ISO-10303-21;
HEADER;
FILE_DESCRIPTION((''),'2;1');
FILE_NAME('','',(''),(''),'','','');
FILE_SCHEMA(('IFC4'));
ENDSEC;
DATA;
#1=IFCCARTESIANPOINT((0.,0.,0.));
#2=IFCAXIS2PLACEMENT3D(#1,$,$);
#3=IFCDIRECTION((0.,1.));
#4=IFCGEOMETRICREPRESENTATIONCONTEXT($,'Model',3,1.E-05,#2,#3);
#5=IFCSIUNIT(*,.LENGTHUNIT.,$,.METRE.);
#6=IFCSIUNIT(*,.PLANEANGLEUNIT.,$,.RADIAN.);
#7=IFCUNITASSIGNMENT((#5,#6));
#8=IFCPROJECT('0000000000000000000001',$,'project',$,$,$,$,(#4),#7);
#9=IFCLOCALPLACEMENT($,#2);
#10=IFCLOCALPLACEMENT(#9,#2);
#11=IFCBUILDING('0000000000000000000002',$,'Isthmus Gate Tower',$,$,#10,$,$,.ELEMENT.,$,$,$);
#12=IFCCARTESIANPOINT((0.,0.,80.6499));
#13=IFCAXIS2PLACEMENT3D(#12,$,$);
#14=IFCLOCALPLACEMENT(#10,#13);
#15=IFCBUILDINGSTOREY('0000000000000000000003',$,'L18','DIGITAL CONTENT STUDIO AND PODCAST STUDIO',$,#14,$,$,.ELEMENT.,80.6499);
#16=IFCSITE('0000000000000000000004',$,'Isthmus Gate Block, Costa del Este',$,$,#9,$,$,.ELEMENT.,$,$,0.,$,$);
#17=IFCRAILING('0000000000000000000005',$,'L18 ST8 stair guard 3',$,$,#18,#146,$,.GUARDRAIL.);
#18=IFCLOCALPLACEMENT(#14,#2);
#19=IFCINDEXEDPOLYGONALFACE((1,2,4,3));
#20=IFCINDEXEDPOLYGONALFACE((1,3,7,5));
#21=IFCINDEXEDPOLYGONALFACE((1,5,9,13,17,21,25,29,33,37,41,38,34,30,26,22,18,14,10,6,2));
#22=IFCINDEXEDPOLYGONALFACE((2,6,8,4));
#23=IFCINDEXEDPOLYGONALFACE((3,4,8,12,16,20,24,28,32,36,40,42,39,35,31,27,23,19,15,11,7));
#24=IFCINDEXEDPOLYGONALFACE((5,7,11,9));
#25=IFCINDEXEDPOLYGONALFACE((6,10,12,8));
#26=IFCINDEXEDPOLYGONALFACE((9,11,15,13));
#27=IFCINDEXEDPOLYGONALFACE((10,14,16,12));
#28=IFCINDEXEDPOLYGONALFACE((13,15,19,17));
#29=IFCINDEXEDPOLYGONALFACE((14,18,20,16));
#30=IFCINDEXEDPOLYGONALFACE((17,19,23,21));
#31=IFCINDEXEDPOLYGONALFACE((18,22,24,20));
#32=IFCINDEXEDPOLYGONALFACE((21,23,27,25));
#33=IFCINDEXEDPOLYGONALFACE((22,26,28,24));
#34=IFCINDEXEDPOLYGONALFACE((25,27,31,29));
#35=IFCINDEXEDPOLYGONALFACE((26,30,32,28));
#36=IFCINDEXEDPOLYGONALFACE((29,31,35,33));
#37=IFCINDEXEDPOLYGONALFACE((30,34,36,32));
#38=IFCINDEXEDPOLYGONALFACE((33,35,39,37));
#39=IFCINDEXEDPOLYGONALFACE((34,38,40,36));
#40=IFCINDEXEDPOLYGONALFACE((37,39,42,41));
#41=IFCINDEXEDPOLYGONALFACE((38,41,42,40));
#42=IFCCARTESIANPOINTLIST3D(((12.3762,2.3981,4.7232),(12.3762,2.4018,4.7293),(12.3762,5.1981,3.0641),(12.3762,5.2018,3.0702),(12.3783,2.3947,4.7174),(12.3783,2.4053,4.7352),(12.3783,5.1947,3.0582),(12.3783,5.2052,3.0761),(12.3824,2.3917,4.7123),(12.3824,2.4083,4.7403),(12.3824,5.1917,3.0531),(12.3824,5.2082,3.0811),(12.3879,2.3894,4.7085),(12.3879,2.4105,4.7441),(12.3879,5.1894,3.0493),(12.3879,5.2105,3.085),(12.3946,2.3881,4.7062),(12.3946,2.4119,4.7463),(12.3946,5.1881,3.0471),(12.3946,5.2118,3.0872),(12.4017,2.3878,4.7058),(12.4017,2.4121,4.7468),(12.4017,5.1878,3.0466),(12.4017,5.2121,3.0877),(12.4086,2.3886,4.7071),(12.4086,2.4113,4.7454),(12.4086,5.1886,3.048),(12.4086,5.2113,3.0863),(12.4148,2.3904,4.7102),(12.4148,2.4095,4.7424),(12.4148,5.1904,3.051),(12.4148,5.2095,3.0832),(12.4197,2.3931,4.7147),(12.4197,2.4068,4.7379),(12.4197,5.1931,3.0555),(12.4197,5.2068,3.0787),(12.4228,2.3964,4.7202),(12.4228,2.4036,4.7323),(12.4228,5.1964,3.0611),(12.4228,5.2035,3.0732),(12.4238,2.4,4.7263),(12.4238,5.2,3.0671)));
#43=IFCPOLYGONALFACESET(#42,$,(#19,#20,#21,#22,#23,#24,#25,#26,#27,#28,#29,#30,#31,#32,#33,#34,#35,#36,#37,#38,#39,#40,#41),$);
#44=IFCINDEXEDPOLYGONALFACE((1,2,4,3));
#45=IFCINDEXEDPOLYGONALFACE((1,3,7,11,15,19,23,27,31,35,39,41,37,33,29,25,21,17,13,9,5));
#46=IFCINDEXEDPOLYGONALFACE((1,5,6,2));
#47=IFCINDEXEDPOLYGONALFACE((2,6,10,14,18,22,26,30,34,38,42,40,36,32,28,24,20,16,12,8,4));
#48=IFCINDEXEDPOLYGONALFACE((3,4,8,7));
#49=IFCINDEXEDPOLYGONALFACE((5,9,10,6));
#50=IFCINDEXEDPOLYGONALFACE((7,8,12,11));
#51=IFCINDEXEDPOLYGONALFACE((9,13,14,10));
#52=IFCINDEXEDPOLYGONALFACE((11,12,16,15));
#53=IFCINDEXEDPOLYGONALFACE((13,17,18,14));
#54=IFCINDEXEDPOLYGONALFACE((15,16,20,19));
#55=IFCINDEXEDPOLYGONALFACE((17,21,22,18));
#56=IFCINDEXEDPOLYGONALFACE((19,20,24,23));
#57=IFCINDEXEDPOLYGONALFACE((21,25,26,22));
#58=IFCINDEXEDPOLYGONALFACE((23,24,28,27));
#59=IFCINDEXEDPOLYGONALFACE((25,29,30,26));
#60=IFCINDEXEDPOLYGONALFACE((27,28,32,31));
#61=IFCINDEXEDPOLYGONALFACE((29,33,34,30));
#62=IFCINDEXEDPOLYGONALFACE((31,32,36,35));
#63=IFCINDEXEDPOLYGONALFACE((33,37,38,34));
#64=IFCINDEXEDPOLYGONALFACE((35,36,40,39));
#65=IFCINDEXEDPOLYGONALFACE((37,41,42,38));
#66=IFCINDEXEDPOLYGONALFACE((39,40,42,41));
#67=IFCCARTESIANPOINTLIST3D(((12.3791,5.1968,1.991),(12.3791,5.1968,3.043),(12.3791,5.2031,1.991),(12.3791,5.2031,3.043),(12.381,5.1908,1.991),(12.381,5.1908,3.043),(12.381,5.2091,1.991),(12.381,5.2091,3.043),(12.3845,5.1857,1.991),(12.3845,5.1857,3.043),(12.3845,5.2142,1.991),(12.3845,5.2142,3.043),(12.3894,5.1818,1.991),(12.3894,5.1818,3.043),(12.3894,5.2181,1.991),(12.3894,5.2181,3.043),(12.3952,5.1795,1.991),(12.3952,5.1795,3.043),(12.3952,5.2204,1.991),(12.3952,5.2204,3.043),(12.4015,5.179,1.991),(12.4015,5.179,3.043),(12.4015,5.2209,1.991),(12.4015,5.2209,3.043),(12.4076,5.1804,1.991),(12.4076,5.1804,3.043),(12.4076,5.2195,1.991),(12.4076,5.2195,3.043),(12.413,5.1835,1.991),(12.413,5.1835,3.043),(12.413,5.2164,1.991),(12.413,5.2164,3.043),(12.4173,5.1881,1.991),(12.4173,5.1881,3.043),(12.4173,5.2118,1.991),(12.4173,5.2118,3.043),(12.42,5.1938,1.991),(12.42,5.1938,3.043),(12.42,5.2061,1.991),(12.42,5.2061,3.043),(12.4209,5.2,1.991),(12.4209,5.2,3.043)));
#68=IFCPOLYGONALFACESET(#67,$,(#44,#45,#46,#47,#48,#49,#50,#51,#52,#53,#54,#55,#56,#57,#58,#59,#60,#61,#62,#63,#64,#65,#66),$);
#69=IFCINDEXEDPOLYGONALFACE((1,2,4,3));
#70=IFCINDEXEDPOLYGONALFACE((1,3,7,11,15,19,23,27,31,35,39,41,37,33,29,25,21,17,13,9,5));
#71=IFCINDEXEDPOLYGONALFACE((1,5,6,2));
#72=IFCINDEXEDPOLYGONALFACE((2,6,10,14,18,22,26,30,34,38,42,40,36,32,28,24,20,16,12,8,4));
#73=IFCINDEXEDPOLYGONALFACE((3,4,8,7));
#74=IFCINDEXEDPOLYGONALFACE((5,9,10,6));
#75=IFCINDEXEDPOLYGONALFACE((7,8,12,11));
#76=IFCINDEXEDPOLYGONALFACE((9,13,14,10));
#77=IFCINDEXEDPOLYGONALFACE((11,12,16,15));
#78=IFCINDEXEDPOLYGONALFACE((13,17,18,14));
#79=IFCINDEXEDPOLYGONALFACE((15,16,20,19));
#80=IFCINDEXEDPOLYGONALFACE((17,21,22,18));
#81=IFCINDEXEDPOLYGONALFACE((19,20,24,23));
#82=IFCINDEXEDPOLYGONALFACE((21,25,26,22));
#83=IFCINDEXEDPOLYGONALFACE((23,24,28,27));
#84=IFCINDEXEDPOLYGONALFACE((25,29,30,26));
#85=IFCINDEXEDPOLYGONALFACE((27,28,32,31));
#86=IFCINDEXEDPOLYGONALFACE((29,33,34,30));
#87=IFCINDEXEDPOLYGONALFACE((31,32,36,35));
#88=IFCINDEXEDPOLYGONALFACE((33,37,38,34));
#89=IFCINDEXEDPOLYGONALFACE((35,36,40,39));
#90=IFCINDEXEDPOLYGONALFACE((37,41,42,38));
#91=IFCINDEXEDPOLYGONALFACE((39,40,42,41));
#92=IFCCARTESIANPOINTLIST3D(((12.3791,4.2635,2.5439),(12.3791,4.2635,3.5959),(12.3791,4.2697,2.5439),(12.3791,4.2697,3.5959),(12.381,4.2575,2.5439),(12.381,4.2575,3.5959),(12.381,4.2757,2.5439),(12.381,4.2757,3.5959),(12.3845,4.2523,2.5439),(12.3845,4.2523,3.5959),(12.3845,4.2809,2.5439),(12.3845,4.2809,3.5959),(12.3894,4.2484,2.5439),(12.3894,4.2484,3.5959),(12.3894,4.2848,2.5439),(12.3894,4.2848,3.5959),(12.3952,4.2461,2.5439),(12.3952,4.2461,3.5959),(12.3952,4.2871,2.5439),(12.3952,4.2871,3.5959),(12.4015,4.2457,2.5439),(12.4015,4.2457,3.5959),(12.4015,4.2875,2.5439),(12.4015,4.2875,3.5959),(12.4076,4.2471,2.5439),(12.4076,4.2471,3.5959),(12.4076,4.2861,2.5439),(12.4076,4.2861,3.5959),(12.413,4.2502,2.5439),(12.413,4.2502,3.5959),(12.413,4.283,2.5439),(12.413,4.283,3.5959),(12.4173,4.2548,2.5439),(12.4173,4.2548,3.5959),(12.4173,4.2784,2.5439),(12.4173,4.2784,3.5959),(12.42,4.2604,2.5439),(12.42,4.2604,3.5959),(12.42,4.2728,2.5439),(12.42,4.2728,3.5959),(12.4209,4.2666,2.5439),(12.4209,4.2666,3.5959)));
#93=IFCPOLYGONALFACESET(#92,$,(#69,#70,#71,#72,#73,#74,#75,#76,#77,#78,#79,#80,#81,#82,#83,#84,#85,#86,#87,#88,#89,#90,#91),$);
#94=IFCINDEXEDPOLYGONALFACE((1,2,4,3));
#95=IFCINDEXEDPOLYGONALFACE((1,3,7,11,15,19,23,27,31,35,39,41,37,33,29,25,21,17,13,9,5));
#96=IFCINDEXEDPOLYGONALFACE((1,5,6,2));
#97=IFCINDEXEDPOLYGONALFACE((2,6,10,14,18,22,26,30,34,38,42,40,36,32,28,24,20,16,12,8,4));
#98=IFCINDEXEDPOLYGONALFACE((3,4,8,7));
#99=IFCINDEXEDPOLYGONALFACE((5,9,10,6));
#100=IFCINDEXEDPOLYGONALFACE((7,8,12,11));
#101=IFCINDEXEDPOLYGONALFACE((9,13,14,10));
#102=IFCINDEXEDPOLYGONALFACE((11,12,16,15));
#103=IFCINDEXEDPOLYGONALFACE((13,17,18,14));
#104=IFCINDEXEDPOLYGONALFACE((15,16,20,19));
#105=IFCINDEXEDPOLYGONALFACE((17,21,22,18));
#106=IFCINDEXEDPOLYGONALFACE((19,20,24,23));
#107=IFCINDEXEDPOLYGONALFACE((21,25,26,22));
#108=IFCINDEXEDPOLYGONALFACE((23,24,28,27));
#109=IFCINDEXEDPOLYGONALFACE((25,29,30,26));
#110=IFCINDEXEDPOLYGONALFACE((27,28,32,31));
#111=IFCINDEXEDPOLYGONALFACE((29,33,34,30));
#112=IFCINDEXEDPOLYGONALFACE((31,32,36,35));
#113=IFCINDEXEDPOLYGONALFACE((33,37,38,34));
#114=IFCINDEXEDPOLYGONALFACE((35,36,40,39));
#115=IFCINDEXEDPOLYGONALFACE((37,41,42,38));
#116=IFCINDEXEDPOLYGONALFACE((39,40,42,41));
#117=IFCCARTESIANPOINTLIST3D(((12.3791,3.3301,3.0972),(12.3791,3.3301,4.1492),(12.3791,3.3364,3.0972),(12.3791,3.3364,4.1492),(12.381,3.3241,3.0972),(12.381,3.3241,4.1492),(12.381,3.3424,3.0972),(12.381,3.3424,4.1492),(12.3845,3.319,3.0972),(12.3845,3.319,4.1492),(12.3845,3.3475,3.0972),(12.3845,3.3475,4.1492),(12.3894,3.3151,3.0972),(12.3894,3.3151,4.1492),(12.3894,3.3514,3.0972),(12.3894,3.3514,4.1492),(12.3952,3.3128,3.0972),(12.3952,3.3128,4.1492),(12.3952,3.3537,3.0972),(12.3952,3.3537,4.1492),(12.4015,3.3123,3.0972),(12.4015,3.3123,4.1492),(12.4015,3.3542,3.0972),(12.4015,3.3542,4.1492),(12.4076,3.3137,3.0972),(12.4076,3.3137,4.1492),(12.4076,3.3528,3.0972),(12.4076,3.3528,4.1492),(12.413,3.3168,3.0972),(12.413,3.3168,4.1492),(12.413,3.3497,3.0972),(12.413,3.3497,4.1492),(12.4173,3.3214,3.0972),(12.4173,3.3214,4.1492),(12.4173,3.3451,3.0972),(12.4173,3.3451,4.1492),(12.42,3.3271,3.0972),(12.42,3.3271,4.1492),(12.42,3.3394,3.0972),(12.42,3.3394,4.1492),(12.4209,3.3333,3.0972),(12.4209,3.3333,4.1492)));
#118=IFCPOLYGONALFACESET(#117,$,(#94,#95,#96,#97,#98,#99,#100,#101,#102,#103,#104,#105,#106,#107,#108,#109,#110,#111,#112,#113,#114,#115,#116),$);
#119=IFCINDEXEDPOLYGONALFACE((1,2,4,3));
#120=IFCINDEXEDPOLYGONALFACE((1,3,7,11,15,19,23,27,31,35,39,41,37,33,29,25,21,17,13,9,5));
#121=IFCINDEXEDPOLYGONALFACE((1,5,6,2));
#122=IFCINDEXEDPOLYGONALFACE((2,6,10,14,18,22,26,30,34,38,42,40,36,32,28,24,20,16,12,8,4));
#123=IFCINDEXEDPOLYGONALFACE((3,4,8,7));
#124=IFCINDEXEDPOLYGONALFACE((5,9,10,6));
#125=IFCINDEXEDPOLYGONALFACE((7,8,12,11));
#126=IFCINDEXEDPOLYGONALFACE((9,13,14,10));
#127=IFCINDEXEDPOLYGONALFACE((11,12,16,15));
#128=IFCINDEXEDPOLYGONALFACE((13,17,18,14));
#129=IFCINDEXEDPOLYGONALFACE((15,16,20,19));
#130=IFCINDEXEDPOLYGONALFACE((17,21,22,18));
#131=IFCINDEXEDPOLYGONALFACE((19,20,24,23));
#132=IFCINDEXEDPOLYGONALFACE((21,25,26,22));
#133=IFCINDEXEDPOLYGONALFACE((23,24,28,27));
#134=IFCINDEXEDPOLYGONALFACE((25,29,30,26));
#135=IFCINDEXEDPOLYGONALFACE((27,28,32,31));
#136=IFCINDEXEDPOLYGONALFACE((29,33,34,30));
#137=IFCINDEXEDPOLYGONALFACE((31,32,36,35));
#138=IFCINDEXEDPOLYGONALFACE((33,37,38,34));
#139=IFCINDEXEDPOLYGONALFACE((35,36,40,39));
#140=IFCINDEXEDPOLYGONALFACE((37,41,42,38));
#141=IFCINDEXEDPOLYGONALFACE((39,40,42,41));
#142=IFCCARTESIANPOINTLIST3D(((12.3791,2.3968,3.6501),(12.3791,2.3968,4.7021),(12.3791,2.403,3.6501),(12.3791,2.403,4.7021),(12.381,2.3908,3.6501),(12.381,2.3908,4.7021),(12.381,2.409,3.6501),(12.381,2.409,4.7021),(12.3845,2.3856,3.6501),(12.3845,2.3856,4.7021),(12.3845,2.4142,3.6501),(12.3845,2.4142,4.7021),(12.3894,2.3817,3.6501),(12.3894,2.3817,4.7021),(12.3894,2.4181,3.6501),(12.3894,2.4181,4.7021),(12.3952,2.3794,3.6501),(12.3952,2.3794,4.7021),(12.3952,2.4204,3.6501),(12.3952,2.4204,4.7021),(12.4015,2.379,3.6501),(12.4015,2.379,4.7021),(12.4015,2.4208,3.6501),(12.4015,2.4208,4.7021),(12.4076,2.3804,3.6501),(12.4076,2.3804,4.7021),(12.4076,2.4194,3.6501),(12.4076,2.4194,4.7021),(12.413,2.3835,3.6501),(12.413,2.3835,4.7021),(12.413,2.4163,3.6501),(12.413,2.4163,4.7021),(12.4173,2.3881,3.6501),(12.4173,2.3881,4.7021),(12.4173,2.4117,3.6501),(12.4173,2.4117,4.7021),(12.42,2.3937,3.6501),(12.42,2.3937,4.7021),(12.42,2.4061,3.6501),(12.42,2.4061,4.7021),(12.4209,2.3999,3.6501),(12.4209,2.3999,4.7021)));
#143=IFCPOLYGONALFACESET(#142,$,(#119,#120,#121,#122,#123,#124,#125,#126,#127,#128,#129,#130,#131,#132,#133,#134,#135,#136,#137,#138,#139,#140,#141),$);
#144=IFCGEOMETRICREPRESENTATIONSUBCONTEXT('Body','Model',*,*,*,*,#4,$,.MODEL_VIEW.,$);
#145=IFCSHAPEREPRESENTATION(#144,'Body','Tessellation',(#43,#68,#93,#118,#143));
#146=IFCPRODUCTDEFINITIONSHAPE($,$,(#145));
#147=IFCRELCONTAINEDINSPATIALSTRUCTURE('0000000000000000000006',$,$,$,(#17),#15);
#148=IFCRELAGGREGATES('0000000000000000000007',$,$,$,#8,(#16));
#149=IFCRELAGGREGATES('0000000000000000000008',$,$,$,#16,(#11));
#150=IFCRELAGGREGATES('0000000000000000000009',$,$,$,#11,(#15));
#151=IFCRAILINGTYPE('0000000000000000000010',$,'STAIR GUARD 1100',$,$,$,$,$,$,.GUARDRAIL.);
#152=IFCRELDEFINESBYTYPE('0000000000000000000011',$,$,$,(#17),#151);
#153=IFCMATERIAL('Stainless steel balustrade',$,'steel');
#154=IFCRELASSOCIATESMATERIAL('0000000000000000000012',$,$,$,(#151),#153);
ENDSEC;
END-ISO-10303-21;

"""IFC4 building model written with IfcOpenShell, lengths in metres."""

from ifc_helpers import new_model, si_unit, direction, frame, origin, origin_2d, place, context, subcontext, project, spatial, circle, extrude, material, type_object, element, save


model = new_model("IFC4")

# Units and contexts
model_context = context("Model", 3, precision=1e-05, world=origin(), true_north=direction((0.0, 1.0)))
body_context = subcontext(model_context, "Body", "Model", "MODEL_VIEW")
ifc_project = project(units=[si_unit("LENGTHUNIT", "METRE"), si_unit("PLANEANGLEUNIT", "RADIAN")], contexts=[model_context])

# Site, building, storey
site_placement = place(None, origin())
site = spatial("IfcSite", under=ifc_project, at=site_placement, Name="Isthmus Gate Block, Costa del Este", CompositionType="ELEMENT", RefElevation=0.0)
building_placement = place(site_placement, origin())
building = spatial("IfcBuilding", under=site, at=building_placement, Name="Isthmus Gate Tower", CompositionType="ELEMENT")
storey_placement = place(building_placement, frame((0.0, 0.0, 80.6499)))
storey = spatial("IfcBuildingStorey", under=building, at=storey_placement, Name="L18", Description="DIGITAL CONTENT STUDIO AND PODCAST STUDIO", CompositionType="ELEMENT", Elevation=80.6499)

# Railing
ifc_material_1 = material(Name="Stainless steel balustrade", Category="steel")
railing_type_1 = type_object("IfcRailingType", Name="STAIR GUARD 1100", PredefinedType="GUARDRAIL", material=ifc_material_1)
railing_1_placement = place(storey_placement, frame((12.3999, 5.2, 1.991)))
element("IfcRailing", 1, at=railing_1_placement, inside=storey, type_object=railing_type_1, Name="L18 ST8 stair guard 3", PredefinedType="GUARDRAIL", context=body_context, shape_type="SweptSolid", body=[
    extrude(circle(Radius=0.0239, at=origin_2d()), frame((0.0, 0.0, 1.0762), z_axis=(0.0, -0.860306, 0.509778), x_axis=(1.0, 0.0, 0.0)), (0.0, 0.0, 1.0), 3.2546),
    extrude(circle(Radius=0.021, at=origin_2d()), origin(), (0.0, 0.0, 1.0), 1.052),
    extrude(circle(Radius=0.021, at=origin_2d()), frame((0.0, -0.9333, 0.553)), (0.0, 0.0, 1.0), 1.052),
    extrude(circle(Radius=0.021, at=origin_2d()), frame((0.0, -1.8667, 1.1062)), (0.0, 0.0, 1.0), 1.052),
    extrude(circle(Radius=0.021, at=origin_2d()), frame((0.0, -2.8, 1.6592)), (0.0, 0.0, 1.0), 1.052),
])

save(model, "model.ifc")
